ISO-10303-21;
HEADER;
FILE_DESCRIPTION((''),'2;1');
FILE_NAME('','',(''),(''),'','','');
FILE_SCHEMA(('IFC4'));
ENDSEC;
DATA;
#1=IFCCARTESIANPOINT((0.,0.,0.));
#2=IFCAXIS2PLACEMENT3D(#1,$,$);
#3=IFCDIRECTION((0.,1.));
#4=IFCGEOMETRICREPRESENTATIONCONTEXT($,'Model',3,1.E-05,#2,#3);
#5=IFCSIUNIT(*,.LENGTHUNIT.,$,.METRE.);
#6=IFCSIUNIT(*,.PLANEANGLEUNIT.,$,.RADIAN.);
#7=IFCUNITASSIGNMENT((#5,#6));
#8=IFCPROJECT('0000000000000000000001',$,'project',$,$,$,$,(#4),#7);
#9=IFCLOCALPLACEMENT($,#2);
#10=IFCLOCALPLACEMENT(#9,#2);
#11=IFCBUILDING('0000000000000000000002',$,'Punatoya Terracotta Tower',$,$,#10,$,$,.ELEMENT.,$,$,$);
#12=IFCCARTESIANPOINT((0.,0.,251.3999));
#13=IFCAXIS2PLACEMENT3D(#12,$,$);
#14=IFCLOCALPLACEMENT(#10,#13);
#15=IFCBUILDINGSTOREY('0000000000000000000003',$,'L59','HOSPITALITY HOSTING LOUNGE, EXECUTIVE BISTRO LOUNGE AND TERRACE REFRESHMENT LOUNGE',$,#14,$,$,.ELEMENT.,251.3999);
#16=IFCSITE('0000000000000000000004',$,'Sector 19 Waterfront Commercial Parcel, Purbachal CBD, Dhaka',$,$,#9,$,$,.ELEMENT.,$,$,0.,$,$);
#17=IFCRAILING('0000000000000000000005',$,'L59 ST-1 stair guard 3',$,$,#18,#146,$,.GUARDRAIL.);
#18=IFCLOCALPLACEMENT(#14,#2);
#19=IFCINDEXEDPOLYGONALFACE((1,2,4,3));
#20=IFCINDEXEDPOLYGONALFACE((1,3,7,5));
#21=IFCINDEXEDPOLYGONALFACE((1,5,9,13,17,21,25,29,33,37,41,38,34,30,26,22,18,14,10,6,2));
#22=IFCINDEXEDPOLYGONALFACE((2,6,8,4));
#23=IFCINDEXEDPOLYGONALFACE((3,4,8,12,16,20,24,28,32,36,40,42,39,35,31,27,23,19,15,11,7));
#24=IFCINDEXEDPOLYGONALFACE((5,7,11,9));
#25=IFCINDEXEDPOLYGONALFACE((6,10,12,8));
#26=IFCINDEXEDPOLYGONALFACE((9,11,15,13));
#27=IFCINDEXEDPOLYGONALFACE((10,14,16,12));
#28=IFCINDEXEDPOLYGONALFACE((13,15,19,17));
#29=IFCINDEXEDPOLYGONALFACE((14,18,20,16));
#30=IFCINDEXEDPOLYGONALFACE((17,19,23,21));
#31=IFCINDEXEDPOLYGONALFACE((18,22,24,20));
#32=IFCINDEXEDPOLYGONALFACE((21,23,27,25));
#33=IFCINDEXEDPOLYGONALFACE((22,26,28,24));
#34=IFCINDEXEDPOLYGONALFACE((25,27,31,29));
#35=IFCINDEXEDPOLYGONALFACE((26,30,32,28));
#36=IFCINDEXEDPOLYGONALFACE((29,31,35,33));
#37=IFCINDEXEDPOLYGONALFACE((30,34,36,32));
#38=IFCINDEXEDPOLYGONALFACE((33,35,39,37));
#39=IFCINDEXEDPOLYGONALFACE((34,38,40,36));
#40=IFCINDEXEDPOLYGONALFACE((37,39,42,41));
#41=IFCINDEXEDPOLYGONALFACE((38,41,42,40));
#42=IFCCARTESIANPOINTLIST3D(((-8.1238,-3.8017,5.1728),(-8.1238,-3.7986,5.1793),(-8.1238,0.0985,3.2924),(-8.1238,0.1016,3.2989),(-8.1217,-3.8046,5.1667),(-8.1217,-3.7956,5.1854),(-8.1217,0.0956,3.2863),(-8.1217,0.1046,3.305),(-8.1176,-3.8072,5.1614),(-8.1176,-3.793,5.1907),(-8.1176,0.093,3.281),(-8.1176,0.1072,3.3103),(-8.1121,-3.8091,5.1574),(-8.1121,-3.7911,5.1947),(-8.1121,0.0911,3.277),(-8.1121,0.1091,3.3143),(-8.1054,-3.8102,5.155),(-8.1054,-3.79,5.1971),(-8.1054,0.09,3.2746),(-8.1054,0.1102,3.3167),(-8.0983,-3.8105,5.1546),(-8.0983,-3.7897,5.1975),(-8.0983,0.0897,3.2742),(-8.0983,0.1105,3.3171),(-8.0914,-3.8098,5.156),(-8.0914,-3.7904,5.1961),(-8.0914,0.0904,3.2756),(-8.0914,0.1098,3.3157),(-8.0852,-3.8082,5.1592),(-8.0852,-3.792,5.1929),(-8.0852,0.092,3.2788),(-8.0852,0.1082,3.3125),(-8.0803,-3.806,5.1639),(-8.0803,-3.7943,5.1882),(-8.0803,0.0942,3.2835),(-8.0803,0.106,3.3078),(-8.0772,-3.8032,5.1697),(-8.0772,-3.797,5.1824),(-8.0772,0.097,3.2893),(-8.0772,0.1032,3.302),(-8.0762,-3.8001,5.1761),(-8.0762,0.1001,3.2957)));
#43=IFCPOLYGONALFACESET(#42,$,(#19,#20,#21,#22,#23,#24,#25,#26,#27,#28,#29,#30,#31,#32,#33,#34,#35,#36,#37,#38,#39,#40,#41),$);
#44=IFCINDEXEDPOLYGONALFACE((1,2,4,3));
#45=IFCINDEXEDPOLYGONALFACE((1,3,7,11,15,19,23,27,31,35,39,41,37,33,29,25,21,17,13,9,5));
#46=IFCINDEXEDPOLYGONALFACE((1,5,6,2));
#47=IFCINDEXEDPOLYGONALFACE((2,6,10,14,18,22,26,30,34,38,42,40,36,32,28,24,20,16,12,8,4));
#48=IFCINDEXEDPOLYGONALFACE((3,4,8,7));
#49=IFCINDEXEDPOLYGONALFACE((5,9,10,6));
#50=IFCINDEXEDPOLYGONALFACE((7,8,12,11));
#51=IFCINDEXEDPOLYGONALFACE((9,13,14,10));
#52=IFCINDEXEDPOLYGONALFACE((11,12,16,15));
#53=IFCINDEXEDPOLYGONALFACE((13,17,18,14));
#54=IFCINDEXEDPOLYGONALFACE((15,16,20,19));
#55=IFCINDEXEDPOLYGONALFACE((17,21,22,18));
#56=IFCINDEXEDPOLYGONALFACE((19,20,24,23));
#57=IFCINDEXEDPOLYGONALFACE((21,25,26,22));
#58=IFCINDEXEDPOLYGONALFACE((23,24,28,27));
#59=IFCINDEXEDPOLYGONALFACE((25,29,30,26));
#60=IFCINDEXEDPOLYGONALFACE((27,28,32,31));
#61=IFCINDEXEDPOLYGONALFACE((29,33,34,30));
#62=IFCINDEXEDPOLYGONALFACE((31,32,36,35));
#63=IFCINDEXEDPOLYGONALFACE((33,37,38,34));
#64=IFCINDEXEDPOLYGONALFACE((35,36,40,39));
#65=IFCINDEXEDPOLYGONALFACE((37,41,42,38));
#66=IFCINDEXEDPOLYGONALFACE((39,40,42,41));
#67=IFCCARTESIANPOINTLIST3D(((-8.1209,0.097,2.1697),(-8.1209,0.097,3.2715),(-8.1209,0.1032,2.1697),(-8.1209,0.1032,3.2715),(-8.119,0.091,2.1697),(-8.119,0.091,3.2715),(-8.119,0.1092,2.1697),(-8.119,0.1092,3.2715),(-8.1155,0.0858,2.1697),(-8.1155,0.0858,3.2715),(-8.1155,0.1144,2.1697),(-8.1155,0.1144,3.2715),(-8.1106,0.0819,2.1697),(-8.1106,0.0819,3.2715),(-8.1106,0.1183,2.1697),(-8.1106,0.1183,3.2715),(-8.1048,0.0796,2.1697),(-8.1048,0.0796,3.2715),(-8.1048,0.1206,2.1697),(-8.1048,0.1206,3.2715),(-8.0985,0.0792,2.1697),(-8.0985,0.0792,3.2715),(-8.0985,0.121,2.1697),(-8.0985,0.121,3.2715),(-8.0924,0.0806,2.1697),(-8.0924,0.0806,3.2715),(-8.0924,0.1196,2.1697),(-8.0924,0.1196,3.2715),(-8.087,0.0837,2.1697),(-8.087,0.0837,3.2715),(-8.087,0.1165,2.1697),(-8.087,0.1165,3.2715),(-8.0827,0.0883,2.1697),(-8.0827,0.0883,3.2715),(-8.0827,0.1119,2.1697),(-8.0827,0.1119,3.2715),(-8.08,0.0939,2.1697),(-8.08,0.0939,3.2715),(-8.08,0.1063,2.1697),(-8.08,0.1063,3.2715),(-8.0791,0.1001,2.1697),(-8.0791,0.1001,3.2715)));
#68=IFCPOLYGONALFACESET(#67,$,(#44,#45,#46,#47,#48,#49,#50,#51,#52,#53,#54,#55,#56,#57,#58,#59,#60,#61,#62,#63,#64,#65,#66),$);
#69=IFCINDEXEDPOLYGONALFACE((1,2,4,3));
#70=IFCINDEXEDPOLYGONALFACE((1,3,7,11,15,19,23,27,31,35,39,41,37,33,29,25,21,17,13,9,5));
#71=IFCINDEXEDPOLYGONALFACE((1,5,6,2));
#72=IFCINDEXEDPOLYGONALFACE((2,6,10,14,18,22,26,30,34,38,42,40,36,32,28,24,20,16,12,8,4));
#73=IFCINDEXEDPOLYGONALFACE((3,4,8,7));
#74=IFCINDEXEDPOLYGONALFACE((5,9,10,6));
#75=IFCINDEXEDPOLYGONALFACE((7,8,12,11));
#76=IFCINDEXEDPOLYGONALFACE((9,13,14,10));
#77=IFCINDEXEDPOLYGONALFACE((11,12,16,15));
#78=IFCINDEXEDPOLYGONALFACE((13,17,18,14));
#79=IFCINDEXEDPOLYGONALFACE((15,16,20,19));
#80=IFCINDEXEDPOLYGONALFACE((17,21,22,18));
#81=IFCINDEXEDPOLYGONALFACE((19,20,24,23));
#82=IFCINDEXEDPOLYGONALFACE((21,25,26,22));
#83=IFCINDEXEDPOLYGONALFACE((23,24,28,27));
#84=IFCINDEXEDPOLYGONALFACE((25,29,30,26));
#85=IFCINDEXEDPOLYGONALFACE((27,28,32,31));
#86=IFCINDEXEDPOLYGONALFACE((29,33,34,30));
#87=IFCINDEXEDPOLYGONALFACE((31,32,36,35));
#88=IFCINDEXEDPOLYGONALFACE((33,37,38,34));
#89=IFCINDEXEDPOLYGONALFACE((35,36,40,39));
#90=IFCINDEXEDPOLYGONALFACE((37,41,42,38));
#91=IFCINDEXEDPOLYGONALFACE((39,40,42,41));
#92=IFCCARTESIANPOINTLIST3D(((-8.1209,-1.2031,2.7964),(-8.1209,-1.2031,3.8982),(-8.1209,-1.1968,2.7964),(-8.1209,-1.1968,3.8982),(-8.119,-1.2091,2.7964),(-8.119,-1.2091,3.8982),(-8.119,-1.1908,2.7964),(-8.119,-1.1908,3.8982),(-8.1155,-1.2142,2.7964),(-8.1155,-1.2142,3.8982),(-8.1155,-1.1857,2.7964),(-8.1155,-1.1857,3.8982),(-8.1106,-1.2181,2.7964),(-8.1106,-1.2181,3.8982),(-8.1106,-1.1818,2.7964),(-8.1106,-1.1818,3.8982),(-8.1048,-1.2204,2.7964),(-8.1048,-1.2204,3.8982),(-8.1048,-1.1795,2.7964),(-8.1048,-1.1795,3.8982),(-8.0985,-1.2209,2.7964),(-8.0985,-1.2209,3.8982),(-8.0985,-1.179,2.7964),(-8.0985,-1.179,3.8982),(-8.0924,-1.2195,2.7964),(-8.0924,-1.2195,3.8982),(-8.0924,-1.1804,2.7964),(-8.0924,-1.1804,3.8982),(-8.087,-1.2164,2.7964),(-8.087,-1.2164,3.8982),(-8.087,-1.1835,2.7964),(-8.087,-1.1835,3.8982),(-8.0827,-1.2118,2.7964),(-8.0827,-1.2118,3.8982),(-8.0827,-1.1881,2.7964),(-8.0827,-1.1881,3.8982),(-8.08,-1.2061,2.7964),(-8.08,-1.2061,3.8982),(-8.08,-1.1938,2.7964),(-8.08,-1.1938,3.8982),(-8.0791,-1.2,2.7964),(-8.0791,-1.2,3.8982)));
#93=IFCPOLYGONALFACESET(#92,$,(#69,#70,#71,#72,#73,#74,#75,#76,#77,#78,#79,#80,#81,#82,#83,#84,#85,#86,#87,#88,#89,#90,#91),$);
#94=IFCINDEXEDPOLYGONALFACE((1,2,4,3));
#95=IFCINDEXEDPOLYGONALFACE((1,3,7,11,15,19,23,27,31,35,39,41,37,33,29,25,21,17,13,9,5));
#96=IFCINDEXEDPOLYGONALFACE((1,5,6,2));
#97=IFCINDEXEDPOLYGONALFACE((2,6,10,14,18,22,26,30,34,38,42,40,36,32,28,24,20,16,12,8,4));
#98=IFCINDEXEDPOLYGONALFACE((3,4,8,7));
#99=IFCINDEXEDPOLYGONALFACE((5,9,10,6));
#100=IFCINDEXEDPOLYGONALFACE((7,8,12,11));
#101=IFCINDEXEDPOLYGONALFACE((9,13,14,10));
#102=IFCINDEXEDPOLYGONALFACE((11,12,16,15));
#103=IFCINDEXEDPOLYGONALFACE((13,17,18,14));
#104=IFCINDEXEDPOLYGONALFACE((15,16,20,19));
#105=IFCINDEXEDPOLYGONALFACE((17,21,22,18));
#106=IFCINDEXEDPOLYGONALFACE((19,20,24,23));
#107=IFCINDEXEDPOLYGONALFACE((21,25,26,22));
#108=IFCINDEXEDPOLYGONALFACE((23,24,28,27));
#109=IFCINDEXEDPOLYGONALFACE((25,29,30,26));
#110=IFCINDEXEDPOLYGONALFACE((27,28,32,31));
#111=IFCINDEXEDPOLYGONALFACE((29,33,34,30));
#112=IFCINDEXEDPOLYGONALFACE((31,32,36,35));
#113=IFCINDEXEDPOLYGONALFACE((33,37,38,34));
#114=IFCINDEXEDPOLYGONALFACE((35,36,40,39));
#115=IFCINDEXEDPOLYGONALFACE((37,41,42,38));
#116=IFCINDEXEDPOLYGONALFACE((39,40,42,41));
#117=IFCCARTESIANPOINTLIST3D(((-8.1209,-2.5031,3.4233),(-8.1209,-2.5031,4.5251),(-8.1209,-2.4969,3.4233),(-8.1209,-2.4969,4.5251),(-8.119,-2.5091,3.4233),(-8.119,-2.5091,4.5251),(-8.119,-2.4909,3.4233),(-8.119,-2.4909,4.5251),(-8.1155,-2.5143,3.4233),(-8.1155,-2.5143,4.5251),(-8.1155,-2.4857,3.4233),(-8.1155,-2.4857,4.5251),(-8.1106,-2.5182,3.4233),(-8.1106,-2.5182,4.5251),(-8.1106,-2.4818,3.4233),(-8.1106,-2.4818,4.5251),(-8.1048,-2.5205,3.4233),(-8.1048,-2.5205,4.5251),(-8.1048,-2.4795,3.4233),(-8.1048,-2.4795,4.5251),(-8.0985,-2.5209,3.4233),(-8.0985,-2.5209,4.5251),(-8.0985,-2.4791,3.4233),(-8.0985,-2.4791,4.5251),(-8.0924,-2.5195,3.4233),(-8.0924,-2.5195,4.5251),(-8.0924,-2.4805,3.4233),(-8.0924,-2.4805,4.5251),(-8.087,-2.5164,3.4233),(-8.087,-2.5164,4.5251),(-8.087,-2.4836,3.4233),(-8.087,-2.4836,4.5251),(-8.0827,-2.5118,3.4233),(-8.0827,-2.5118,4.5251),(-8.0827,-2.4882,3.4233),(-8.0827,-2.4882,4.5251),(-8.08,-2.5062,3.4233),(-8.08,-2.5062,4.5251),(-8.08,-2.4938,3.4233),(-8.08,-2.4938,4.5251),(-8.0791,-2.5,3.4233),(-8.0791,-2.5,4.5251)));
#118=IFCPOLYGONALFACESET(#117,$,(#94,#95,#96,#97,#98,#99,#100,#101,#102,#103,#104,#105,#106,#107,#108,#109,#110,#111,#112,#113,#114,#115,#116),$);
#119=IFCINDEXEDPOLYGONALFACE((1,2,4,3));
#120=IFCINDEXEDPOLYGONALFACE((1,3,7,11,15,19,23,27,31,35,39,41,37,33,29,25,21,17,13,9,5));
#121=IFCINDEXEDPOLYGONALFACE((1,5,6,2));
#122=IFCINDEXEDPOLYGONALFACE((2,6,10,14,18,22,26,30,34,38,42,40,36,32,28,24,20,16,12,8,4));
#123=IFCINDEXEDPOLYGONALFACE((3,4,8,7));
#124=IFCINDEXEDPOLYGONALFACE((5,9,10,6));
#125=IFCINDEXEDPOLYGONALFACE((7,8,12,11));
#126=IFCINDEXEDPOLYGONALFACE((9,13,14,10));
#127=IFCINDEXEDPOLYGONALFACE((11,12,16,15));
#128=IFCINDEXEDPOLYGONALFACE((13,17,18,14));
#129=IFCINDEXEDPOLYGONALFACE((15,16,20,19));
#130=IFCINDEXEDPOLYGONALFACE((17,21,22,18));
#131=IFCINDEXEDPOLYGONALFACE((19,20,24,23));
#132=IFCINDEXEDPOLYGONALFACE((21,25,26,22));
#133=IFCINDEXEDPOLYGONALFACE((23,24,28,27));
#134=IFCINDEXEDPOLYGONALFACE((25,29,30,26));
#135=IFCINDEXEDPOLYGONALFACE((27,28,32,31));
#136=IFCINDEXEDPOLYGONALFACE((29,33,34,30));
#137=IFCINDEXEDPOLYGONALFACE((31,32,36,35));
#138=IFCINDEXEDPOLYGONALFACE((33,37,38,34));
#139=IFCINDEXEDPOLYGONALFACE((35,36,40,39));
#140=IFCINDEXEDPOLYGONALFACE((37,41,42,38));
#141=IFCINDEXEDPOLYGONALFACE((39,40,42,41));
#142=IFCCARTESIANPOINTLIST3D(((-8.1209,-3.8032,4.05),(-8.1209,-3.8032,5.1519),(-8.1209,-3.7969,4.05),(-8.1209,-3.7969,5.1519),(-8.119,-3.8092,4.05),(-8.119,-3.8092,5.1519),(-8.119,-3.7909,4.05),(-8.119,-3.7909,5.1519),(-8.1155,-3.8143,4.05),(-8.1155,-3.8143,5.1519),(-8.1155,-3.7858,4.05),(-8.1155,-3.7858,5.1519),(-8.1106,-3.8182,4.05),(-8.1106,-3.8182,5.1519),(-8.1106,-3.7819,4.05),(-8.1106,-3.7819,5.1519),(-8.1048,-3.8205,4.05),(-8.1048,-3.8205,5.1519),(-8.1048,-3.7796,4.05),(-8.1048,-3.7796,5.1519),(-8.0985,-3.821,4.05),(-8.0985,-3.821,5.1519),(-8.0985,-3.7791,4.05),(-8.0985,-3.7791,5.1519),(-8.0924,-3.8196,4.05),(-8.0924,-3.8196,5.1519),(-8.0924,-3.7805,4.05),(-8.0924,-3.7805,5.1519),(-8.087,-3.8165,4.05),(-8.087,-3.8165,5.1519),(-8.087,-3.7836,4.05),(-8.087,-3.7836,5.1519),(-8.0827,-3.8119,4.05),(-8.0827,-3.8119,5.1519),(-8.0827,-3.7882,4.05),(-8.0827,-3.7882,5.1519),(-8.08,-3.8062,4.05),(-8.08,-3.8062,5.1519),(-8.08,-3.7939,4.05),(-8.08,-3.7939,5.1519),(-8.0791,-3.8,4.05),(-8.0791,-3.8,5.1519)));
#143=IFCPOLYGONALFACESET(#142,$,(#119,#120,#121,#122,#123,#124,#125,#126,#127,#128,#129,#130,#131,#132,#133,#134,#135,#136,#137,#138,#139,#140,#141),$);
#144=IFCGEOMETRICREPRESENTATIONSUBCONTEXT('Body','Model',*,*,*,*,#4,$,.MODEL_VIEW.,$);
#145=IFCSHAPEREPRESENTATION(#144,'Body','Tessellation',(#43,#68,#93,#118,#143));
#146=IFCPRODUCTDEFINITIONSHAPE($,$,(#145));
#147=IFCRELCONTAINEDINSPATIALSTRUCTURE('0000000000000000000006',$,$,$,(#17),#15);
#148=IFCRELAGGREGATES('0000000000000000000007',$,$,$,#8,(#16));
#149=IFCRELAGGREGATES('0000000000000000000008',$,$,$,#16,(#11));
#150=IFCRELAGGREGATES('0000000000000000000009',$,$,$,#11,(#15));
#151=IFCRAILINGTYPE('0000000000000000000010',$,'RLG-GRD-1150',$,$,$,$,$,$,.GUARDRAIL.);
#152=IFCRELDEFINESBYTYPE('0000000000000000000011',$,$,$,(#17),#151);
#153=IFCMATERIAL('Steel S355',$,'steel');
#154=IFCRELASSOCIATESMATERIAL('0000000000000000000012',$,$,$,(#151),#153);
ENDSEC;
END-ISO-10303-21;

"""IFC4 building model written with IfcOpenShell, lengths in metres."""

from ifc_helpers import new_model, si_unit, direction, frame, origin, origin_2d, place, context, subcontext, project, spatial, circle, extrude, material, type_object, element, save


model = new_model("IFC4")

# Units and contexts
model_context = context("Model", 3, precision=1e-05, world=origin(), true_north=direction((0.0, 1.0)))
body_context = subcontext(model_context, "Body", "Model", "MODEL_VIEW")
ifc_project = project(units=[si_unit("LENGTHUNIT", "METRE"), si_unit("PLANEANGLEUNIT", "RADIAN")], contexts=[model_context])

# Site, building, storey
site_placement = place(None, origin())
site = spatial("IfcSite", under=ifc_project, at=site_placement, Name="Sector 19 Waterfront Commercial Parcel, Purbachal CBD, Dhaka", CompositionType="ELEMENT", RefElevation=0.0)
building_placement = place(site_placement, origin())
building = spatial("IfcBuilding", under=site, at=building_placement, Name="Punatoya Terracotta Tower", CompositionType="ELEMENT")
storey_placement = place(building_placement, frame((0.0, 0.0, 251.3999)))
storey = spatial("IfcBuildingStorey", under=building, at=storey_placement, Name="L59", Description="HOSPITALITY HOSTING LOUNGE, EXECUTIVE BISTRO LOUNGE AND TERRACE REFRESHMENT LOUNGE", CompositionType="ELEMENT", Elevation=251.3999)

# Railing
ifc_material_1 = material(Name="Steel S355", Category="steel")
railing_type_1 = type_object("IfcRailingType", Name="RLG-GRD-1150", PredefinedType="GUARDRAIL", material=ifc_material_1)
railing_1_placement = place(storey_placement, frame((-8.1001, 0.1001, 2.1697)))
element("IfcRailing", 1, at=railing_1_placement, inside=storey, type_object=railing_type_1, Name="L59 ST-1 stair guard 3", PredefinedType="GUARDRAIL", context=body_context, shape_type="SweptSolid", body=[
    extrude(circle(Radius=0.0239, at=origin_2d()), frame((0.0, 0.0, 1.126), z_axis=(0.0, -0.900774, 0.434289), x_axis=(1.0, 0.0, 0.0)), (0.0, 0.0, 1.0), 4.3298),
    extrude(circle(Radius=0.021, at=origin_2d()), origin(), (0.0, 0.0, 1.0), 1.1018),
    extrude(circle(Radius=0.021, at=origin_2d()), frame((0.0, -1.3, 0.6267)), (0.0, 0.0, 1.0), 1.1018),
    extrude(circle(Radius=0.021, at=origin_2d()), frame((0.0, -2.6001, 1.2537)), (0.0, 0.0, 1.0), 1.1018),
    extrude(circle(Radius=0.021, at=origin_2d()), frame((0.0, -3.9001, 1.8804)), (0.0, 0.0, 1.0), 1.1018),
])

save(model, "model.ifc")
